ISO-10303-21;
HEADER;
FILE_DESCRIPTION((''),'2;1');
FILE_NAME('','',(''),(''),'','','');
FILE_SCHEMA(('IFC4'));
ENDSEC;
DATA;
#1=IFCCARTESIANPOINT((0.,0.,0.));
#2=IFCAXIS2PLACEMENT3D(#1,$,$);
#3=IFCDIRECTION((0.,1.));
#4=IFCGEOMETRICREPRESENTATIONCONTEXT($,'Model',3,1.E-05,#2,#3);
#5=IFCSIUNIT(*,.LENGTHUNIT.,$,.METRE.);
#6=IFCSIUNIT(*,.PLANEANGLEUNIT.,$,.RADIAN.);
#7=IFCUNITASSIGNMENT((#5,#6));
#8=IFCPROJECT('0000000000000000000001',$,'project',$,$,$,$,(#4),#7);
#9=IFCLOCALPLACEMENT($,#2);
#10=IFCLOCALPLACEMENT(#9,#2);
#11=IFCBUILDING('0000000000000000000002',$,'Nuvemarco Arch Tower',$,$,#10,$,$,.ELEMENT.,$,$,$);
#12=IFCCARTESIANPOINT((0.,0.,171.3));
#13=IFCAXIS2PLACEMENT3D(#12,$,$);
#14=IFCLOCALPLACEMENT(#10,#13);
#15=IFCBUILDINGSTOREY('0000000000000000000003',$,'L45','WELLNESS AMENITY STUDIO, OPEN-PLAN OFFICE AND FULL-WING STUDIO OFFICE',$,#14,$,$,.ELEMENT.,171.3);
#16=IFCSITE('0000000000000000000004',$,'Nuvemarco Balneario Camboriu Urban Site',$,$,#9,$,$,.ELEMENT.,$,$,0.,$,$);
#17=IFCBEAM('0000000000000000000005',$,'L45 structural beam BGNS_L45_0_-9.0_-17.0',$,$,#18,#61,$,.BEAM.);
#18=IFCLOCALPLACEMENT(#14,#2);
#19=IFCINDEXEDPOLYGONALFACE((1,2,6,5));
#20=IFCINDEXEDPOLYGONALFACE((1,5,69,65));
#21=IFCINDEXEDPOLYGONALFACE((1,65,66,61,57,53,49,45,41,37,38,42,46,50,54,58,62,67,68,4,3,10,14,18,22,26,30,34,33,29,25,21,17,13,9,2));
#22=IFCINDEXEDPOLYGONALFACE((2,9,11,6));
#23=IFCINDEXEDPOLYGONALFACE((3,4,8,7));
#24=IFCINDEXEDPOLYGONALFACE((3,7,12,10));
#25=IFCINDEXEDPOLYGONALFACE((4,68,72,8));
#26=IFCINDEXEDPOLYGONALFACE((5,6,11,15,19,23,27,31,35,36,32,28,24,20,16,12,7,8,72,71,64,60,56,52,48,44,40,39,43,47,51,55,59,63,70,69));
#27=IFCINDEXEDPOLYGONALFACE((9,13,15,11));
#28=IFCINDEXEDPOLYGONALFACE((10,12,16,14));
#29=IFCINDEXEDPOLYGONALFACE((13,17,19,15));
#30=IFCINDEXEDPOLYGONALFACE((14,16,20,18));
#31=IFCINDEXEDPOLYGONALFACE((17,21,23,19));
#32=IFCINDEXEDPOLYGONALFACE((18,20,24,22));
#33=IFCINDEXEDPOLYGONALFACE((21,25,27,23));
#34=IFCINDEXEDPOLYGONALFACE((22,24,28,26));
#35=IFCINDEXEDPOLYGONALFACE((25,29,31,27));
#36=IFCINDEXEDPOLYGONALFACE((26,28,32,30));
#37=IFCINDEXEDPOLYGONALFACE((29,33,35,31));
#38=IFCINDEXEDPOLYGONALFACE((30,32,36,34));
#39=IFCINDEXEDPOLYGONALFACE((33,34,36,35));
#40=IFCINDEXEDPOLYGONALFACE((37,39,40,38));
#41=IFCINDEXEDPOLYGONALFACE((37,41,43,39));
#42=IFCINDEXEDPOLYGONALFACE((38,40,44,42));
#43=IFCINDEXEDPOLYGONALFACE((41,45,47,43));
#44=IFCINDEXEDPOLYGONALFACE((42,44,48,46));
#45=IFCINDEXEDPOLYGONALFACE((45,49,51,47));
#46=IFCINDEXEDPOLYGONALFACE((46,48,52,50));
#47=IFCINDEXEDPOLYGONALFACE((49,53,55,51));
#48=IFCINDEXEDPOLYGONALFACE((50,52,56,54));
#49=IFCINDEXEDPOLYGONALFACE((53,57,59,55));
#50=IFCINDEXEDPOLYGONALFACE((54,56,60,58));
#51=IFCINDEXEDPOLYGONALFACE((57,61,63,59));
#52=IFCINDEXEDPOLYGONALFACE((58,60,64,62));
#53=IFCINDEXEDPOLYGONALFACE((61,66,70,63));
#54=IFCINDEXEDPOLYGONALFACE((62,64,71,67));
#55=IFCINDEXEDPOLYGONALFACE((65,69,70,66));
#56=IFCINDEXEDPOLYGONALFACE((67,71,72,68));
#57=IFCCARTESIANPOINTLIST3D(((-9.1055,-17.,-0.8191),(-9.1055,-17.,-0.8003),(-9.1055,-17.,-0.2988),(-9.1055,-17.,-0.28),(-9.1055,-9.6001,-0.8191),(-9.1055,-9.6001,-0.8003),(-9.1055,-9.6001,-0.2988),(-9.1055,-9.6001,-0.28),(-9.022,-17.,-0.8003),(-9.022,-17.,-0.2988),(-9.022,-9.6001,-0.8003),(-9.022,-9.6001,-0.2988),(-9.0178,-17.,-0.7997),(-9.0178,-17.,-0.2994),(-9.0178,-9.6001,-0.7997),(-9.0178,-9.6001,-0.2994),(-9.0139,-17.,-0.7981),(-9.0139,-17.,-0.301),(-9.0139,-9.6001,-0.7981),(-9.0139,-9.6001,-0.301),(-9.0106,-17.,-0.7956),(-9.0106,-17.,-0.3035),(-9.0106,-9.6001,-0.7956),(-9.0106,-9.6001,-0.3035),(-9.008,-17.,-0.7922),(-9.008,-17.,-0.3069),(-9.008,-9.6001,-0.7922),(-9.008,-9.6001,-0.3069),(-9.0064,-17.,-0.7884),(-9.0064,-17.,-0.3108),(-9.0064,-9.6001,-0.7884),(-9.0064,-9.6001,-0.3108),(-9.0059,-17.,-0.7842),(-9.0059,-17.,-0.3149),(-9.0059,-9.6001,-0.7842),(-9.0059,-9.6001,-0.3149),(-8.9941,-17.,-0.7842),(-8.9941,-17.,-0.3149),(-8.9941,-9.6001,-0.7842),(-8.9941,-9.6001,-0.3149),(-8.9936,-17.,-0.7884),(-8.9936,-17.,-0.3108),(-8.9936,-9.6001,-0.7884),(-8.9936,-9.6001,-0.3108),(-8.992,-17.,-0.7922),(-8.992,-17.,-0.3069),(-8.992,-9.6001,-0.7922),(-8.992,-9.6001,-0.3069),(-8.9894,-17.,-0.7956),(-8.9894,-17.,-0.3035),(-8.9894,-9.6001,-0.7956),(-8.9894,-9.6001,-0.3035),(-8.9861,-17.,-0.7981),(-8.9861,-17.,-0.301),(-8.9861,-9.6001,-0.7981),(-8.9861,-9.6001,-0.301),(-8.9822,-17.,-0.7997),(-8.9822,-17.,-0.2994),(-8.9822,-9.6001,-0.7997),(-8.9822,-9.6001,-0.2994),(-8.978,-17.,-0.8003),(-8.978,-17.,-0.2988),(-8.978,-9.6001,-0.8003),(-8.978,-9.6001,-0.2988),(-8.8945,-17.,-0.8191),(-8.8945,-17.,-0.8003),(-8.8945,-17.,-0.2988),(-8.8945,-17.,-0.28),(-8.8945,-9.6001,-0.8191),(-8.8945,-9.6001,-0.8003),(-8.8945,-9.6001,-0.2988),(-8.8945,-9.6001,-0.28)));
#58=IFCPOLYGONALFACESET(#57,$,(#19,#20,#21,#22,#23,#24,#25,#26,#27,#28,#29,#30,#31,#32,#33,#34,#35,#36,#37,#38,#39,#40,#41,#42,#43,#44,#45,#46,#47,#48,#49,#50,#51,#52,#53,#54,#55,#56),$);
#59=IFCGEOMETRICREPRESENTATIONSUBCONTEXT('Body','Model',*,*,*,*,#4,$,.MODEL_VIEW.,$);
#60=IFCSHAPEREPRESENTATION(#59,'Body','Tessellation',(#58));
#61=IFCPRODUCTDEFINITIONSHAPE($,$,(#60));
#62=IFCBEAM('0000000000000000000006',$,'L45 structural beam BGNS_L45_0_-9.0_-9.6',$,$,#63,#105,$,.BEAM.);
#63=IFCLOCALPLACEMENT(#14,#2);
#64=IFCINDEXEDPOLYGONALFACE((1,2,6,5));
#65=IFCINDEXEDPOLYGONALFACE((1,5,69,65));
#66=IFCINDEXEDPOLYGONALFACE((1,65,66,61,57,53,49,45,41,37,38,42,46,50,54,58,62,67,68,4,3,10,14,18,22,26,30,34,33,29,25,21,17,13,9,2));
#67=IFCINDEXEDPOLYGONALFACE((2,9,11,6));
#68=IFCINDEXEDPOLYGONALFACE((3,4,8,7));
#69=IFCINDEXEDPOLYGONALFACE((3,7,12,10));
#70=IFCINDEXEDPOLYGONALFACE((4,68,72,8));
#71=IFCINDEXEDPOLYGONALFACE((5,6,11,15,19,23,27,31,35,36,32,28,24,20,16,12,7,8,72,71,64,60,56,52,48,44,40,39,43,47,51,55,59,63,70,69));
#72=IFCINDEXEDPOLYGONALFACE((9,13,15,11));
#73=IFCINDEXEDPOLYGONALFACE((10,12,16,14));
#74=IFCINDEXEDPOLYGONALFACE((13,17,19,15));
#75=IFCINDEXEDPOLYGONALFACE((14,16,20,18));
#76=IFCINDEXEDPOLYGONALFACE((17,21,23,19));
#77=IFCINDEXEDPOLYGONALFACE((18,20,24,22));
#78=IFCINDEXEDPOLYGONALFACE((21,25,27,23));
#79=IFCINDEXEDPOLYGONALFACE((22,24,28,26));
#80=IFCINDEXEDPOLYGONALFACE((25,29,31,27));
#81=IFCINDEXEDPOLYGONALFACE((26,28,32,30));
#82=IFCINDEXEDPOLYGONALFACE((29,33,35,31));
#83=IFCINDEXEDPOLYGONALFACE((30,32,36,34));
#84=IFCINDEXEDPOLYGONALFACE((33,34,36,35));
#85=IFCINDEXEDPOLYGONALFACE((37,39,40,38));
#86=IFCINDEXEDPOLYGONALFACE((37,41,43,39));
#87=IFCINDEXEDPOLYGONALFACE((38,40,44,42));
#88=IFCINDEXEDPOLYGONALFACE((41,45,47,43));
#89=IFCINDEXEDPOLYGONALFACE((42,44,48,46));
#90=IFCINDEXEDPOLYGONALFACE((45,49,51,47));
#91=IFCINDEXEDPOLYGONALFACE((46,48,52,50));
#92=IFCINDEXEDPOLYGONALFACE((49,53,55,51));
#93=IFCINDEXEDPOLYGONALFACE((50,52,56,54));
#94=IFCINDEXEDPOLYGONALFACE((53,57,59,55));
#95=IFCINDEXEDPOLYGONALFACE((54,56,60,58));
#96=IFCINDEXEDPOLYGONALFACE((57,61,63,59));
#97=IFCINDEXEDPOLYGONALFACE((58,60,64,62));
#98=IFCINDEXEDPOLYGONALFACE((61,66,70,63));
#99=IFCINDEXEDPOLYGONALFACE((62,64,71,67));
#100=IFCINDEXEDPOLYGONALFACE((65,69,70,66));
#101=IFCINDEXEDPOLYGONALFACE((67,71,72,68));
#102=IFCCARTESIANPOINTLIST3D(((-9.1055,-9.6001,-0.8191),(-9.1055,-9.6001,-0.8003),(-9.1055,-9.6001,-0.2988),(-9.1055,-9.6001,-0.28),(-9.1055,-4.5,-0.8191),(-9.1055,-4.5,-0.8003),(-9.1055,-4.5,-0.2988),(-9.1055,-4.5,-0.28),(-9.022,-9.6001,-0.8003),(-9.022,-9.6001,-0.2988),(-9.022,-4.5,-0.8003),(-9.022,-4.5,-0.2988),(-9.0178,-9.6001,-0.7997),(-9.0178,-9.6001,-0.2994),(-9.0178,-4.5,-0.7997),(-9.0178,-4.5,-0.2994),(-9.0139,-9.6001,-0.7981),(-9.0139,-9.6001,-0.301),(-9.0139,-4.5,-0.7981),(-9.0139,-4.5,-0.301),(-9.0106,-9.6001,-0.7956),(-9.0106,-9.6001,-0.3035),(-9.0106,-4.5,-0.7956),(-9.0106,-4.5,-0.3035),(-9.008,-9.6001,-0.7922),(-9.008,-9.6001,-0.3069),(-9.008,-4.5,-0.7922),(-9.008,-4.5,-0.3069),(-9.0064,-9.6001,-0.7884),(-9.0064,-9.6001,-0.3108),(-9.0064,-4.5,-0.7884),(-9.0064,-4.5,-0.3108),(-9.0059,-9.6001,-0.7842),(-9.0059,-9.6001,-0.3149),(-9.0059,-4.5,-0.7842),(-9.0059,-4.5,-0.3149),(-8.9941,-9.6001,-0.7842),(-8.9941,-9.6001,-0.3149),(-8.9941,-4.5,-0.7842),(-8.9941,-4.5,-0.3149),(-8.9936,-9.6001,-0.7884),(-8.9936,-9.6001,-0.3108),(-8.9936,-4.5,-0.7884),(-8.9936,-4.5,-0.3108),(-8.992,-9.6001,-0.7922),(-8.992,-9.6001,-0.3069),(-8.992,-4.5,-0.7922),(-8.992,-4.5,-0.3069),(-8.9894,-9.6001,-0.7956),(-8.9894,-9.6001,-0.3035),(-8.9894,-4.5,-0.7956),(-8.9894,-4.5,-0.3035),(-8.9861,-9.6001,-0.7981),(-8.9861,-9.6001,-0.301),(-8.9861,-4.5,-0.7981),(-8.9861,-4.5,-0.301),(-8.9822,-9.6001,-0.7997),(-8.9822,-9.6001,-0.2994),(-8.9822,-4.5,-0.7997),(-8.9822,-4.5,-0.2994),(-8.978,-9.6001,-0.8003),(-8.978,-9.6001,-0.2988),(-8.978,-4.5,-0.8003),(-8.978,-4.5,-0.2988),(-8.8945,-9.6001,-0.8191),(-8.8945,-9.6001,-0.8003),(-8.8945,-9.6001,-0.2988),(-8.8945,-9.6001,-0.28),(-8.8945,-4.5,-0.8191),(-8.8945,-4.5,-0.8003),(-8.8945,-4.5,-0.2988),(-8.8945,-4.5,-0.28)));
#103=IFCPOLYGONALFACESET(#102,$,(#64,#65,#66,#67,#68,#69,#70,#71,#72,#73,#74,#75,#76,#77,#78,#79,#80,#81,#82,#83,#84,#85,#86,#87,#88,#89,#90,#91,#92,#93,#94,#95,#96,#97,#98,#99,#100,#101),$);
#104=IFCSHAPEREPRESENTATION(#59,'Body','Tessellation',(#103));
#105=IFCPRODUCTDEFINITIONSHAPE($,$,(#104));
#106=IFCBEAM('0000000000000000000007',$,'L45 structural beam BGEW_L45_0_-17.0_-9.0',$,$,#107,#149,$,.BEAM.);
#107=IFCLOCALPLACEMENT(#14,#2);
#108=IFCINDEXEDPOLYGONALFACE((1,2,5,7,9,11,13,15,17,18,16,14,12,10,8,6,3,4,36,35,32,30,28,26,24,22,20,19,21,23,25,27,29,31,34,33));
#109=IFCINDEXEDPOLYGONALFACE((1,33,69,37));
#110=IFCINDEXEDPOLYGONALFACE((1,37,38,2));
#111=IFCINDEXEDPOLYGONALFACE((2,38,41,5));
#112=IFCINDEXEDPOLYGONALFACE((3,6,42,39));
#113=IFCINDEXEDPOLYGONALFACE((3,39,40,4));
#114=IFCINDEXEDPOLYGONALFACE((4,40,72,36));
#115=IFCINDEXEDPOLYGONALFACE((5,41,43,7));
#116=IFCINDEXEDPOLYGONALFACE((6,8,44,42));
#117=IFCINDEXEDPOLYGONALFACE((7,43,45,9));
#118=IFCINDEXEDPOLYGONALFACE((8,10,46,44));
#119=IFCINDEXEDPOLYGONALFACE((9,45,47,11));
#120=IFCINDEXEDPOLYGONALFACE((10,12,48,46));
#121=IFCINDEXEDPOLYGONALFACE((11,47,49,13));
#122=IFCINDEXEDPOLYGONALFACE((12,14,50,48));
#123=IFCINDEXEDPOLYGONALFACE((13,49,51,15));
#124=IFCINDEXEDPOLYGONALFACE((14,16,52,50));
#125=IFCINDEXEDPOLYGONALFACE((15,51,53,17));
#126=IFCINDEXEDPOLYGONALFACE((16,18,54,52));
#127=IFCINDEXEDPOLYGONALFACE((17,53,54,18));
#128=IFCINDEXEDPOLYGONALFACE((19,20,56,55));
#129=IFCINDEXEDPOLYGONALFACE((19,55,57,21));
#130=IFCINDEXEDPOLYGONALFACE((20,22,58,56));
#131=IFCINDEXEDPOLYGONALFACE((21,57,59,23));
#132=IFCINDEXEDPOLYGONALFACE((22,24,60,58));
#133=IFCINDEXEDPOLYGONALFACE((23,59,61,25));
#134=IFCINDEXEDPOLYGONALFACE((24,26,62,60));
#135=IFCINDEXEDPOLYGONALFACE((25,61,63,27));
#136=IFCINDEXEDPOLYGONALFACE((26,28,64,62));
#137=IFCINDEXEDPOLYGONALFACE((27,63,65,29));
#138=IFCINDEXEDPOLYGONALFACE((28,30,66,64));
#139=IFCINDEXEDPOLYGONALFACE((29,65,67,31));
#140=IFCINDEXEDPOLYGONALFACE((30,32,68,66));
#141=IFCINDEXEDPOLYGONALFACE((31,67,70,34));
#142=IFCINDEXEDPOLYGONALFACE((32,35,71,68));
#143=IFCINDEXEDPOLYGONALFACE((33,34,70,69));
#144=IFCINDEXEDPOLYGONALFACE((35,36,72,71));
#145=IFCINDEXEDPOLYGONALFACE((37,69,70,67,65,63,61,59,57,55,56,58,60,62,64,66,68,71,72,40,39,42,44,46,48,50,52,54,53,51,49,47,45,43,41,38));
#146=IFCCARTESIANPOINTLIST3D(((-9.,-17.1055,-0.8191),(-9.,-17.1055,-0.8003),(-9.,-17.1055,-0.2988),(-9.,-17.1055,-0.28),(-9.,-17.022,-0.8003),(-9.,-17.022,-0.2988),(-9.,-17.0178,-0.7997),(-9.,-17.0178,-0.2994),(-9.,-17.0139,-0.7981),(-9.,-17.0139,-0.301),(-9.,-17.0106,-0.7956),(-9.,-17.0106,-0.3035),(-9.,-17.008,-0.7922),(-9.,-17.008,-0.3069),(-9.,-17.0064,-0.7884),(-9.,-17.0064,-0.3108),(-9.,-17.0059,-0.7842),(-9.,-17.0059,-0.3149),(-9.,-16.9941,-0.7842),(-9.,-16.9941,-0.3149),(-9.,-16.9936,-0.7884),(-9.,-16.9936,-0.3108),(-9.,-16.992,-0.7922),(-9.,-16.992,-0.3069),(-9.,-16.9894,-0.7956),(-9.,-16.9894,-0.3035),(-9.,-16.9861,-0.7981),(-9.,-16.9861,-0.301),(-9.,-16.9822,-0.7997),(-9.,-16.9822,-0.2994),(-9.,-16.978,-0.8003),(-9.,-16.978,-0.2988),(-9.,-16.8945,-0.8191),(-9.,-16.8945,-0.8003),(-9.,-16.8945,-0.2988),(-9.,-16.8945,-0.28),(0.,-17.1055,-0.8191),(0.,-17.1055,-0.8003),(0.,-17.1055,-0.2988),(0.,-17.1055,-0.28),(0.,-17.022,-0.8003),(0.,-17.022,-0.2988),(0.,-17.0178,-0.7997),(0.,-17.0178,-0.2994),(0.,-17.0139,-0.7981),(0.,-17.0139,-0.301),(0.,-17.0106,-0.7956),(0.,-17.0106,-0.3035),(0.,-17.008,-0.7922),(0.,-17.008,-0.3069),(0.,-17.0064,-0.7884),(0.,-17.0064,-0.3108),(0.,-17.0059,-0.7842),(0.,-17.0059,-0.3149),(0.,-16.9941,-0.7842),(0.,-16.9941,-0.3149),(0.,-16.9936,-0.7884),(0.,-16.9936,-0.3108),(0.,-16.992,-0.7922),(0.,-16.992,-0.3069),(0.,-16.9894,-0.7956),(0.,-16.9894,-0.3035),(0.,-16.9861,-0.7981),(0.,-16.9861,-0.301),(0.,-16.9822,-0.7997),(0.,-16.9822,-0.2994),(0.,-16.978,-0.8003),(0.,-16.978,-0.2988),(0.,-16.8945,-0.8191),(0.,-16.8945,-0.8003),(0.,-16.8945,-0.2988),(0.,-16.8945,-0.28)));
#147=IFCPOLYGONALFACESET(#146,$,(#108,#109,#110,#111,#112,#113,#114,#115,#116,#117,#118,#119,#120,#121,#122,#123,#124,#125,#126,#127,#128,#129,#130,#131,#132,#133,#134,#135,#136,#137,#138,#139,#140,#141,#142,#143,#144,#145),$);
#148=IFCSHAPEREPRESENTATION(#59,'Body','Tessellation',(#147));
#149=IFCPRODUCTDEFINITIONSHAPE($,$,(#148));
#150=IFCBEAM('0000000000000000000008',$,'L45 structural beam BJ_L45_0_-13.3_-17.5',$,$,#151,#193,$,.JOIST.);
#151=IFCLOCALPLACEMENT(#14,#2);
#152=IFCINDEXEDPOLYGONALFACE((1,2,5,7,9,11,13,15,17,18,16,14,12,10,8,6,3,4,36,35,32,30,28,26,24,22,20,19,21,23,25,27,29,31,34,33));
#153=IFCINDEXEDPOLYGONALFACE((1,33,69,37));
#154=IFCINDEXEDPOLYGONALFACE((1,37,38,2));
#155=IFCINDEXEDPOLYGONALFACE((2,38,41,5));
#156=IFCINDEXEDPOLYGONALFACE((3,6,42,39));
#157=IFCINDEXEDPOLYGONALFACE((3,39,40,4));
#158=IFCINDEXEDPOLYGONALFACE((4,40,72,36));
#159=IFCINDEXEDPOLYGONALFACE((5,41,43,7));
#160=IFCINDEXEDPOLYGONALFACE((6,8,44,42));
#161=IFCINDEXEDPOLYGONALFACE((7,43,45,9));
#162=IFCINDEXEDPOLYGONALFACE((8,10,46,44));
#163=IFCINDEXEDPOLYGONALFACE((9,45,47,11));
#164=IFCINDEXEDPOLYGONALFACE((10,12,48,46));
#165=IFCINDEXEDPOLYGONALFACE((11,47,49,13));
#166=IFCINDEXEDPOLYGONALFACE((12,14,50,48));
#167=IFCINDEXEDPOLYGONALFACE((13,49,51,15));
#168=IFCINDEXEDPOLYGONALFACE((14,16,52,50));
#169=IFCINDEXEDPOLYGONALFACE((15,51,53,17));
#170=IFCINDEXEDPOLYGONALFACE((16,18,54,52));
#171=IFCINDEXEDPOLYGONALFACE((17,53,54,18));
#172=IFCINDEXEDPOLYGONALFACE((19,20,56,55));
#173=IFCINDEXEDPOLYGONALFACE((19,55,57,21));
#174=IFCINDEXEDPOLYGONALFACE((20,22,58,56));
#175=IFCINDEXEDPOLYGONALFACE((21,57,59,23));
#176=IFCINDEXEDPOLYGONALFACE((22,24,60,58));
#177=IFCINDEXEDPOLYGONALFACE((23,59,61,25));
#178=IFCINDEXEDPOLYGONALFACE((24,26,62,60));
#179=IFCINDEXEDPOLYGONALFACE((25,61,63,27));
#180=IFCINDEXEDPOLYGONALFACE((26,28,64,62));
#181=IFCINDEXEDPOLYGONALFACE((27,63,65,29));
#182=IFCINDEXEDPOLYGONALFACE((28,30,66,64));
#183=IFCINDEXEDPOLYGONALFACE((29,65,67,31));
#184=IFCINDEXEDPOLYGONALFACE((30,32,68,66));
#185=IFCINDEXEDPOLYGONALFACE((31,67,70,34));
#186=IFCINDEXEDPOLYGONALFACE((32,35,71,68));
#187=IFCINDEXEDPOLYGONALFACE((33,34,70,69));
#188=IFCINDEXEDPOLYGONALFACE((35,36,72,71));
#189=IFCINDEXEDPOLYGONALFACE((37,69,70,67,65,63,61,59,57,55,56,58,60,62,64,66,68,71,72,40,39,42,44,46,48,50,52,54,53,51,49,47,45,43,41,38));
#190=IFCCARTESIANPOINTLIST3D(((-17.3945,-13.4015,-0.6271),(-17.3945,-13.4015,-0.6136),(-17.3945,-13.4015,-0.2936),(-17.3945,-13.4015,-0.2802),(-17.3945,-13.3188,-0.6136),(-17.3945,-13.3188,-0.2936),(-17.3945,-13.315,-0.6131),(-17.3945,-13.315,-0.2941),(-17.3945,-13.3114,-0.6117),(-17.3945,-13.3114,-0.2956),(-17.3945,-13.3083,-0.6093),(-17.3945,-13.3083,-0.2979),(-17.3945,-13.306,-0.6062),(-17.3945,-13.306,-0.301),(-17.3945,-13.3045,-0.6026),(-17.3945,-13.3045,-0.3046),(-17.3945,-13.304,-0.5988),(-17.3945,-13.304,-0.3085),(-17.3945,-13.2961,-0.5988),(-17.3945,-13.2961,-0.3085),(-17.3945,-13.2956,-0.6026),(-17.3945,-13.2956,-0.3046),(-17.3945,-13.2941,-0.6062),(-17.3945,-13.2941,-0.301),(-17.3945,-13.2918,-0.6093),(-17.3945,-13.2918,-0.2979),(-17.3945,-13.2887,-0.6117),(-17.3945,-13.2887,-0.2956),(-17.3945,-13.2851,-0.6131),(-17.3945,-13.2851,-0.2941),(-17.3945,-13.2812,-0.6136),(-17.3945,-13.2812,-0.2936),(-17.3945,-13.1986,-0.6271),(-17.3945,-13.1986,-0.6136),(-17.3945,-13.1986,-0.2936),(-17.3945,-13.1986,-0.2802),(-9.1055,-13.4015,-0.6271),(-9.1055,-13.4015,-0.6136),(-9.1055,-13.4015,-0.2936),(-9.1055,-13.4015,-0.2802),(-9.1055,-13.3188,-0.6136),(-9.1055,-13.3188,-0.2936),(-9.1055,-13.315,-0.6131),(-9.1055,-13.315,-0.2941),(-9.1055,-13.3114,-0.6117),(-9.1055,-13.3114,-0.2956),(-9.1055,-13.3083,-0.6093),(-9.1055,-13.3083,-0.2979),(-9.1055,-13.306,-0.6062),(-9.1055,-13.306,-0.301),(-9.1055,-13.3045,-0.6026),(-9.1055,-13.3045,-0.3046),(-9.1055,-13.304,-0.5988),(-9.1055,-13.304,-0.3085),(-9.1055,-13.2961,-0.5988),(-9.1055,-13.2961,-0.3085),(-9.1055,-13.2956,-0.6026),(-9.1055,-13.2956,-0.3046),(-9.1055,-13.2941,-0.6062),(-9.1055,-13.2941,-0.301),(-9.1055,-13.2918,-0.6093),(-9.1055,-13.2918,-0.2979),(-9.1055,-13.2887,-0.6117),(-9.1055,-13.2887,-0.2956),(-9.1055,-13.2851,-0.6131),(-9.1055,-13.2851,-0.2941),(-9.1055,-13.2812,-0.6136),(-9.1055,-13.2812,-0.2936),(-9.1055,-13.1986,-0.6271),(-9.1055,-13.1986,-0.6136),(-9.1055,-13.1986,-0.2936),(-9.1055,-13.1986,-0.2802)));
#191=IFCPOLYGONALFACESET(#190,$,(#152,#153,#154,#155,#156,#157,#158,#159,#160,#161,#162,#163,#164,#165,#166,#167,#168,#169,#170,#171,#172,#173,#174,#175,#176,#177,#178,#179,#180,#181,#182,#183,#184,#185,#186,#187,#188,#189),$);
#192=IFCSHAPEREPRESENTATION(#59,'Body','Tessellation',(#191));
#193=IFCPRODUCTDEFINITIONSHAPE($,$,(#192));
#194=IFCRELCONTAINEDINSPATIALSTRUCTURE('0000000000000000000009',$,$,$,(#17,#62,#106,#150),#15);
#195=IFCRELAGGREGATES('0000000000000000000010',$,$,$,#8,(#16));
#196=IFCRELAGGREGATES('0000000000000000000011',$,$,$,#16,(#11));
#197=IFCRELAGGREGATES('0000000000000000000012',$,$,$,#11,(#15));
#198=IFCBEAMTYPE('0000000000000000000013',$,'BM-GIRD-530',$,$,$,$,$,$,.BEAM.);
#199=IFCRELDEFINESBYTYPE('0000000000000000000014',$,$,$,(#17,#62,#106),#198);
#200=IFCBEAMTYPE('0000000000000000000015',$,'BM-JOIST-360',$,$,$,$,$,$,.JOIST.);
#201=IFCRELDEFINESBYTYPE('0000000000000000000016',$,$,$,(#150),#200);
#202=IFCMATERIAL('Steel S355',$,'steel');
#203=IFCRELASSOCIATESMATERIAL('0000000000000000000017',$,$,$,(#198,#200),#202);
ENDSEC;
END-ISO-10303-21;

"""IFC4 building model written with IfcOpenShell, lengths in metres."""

from ifc_helpers import new_model, si_unit, direction, frame, origin, origin_2d, place, context, subcontext, project, spatial, i_section, extrude, material, material_profile, profile_set, type_object, element, save


model = new_model("IFC4")

# Units and contexts
model_context = context("Model", 3, precision=1e-05, world=origin(), true_north=direction((0.0, 1.0)))
body_context = subcontext(model_context, "Body", "Model", "MODEL_VIEW")
ifc_project = project(units=[si_unit("LENGTHUNIT", "METRE"), si_unit("PLANEANGLEUNIT", "RADIAN")], contexts=[model_context])

# Site, building, storey
site_placement = place(None, origin())
site = spatial("IfcSite", under=ifc_project, at=site_placement, Name="Nuvemarco Balneario Camboriu Urban Site", CompositionType="ELEMENT", RefElevation=0.0)
building_placement = place(site_placement, origin())
building = spatial("IfcBuilding", under=site, at=building_placement, Name="Nuvemarco Arch Tower", CompositionType="ELEMENT")
storey_placement = place(building_placement, frame((0.0, 0.0, 171.3)))
storey = spatial("IfcBuildingStorey", under=building, at=storey_placement, Name="L45", Description="WELLNESS AMENITY STUDIO, OPEN-PLAN OFFICE AND FULL-WING STUDIO OFFICE", CompositionType="ELEMENT", Elevation=171.3)

# Shared definitions
ifc_material_1 = material(Name="Steel S355", Category="steel")

# Beams
ifc_material_profile_1 = material_profile(ifc_material_1, i_section(OverallWidth=0.2109, OverallDepth=0.5391, WebThickness=0.0117, FlangeThickness=0.0188, FilletRadius=0.0161, at=origin_2d()), Name="W530x109")
ifc_profile_set_1 = profile_set([ifc_material_profile_1], Name="Steel S355")
beam_type_1 = type_object("IfcBeamType", Name="BM-GIRD-530", PredefinedType="BEAM", material=ifc_profile_set_1)
beam_1_placement = place(storey_placement, frame((-9.0, -17.0, -0.5496), z_axis=(0.0, 1.0, 0.0), x_axis=(-1.0, 0.0, 0.0)))
element("IfcBeam", 1, at=beam_1_placement, inside=storey, type_object=beam_type_1, Name="L45 structural beam BGNS_L45_0_-9.0_-17.0", PredefinedType="BEAM", context=body_context, shape_type="SweptSolid", body=[
    extrude(i_section(OverallWidth=0.2109, OverallDepth=0.5391, WebThickness=0.0117, FlangeThickness=0.0188, FilletRadius=0.0161, at=origin_2d()), origin(), (0.0, 0.0, 1.0), 7.3999),
])
beam_2_placement = place(storey_placement, frame((-9.0, -9.6001, -0.5496), z_axis=(0.0, 1.0, 0.0), x_axis=(-1.0, 0.0, 0.0)))
element("IfcBeam", 2, at=beam_2_placement, inside=storey, type_object=beam_type_1, Name="L45 structural beam BGNS_L45_0_-9.0_-9.6", PredefinedType="BEAM", context=body_context, shape_type="SweptSolid", body=[
    extrude(i_section(OverallWidth=0.2109, OverallDepth=0.5391, WebThickness=0.0117, FlangeThickness=0.0188, FilletRadius=0.0161, at=origin_2d()), origin(), (0.0, 0.0, 1.0), 5.1001),
])
beam_3_placement = place(storey_placement, frame((-9.0, -17.0, -0.5496), z_axis=(1.0, 0.0, 0.0), x_axis=(0.0, 1.0, 0.0)))
element("IfcBeam", 3, at=beam_3_placement, inside=storey, type_object=beam_type_1, Name="L45 structural beam BGEW_L45_0_-17.0_-9.0", PredefinedType="BEAM", context=body_context, shape_type="SweptSolid", body=[
    extrude(i_section(OverallWidth=0.2109, OverallDepth=0.5391, WebThickness=0.0117, FlangeThickness=0.0188, FilletRadius=0.0161, at=origin_2d()), origin(), (0.0, 0.0, 1.0), 9.0),
])
ifc_material_profile_2 = material_profile(ifc_material_1, i_section(OverallWidth=0.2029, OverallDepth=0.3469, WebThickness=0.0078, FlangeThickness=0.0134, FilletRadius=0.0149, at=origin_2d()), Name="W360x64")
ifc_profile_set_2 = profile_set([ifc_material_profile_2], Name="Steel S355")
beam_type_2 = type_object("IfcBeamType", Name="BM-JOIST-360", PredefinedType="JOIST", material=ifc_profile_set_2)
beam_4_placement = place(storey_placement, frame((-17.3945, -13.3, -0.4536), z_axis=(1.0, 0.0, 0.0), x_axis=(0.0, 1.0, 0.0)))
element("IfcBeam", 4, at=beam_4_placement, inside=storey, type_object=beam_type_2, Name="L45 structural beam BJ_L45_0_-13.3_-17.5", PredefinedType="JOIST", context=body_context, shape_type="SweptSolid", body=[
    extrude(i_section(OverallWidth=0.2029, OverallDepth=0.3469, WebThickness=0.0078, FlangeThickness=0.0134, FilletRadius=0.0149, at=origin_2d()), origin(), (0.0, 0.0, 1.0), 8.2891),
])

save(model, "model.ifc")
